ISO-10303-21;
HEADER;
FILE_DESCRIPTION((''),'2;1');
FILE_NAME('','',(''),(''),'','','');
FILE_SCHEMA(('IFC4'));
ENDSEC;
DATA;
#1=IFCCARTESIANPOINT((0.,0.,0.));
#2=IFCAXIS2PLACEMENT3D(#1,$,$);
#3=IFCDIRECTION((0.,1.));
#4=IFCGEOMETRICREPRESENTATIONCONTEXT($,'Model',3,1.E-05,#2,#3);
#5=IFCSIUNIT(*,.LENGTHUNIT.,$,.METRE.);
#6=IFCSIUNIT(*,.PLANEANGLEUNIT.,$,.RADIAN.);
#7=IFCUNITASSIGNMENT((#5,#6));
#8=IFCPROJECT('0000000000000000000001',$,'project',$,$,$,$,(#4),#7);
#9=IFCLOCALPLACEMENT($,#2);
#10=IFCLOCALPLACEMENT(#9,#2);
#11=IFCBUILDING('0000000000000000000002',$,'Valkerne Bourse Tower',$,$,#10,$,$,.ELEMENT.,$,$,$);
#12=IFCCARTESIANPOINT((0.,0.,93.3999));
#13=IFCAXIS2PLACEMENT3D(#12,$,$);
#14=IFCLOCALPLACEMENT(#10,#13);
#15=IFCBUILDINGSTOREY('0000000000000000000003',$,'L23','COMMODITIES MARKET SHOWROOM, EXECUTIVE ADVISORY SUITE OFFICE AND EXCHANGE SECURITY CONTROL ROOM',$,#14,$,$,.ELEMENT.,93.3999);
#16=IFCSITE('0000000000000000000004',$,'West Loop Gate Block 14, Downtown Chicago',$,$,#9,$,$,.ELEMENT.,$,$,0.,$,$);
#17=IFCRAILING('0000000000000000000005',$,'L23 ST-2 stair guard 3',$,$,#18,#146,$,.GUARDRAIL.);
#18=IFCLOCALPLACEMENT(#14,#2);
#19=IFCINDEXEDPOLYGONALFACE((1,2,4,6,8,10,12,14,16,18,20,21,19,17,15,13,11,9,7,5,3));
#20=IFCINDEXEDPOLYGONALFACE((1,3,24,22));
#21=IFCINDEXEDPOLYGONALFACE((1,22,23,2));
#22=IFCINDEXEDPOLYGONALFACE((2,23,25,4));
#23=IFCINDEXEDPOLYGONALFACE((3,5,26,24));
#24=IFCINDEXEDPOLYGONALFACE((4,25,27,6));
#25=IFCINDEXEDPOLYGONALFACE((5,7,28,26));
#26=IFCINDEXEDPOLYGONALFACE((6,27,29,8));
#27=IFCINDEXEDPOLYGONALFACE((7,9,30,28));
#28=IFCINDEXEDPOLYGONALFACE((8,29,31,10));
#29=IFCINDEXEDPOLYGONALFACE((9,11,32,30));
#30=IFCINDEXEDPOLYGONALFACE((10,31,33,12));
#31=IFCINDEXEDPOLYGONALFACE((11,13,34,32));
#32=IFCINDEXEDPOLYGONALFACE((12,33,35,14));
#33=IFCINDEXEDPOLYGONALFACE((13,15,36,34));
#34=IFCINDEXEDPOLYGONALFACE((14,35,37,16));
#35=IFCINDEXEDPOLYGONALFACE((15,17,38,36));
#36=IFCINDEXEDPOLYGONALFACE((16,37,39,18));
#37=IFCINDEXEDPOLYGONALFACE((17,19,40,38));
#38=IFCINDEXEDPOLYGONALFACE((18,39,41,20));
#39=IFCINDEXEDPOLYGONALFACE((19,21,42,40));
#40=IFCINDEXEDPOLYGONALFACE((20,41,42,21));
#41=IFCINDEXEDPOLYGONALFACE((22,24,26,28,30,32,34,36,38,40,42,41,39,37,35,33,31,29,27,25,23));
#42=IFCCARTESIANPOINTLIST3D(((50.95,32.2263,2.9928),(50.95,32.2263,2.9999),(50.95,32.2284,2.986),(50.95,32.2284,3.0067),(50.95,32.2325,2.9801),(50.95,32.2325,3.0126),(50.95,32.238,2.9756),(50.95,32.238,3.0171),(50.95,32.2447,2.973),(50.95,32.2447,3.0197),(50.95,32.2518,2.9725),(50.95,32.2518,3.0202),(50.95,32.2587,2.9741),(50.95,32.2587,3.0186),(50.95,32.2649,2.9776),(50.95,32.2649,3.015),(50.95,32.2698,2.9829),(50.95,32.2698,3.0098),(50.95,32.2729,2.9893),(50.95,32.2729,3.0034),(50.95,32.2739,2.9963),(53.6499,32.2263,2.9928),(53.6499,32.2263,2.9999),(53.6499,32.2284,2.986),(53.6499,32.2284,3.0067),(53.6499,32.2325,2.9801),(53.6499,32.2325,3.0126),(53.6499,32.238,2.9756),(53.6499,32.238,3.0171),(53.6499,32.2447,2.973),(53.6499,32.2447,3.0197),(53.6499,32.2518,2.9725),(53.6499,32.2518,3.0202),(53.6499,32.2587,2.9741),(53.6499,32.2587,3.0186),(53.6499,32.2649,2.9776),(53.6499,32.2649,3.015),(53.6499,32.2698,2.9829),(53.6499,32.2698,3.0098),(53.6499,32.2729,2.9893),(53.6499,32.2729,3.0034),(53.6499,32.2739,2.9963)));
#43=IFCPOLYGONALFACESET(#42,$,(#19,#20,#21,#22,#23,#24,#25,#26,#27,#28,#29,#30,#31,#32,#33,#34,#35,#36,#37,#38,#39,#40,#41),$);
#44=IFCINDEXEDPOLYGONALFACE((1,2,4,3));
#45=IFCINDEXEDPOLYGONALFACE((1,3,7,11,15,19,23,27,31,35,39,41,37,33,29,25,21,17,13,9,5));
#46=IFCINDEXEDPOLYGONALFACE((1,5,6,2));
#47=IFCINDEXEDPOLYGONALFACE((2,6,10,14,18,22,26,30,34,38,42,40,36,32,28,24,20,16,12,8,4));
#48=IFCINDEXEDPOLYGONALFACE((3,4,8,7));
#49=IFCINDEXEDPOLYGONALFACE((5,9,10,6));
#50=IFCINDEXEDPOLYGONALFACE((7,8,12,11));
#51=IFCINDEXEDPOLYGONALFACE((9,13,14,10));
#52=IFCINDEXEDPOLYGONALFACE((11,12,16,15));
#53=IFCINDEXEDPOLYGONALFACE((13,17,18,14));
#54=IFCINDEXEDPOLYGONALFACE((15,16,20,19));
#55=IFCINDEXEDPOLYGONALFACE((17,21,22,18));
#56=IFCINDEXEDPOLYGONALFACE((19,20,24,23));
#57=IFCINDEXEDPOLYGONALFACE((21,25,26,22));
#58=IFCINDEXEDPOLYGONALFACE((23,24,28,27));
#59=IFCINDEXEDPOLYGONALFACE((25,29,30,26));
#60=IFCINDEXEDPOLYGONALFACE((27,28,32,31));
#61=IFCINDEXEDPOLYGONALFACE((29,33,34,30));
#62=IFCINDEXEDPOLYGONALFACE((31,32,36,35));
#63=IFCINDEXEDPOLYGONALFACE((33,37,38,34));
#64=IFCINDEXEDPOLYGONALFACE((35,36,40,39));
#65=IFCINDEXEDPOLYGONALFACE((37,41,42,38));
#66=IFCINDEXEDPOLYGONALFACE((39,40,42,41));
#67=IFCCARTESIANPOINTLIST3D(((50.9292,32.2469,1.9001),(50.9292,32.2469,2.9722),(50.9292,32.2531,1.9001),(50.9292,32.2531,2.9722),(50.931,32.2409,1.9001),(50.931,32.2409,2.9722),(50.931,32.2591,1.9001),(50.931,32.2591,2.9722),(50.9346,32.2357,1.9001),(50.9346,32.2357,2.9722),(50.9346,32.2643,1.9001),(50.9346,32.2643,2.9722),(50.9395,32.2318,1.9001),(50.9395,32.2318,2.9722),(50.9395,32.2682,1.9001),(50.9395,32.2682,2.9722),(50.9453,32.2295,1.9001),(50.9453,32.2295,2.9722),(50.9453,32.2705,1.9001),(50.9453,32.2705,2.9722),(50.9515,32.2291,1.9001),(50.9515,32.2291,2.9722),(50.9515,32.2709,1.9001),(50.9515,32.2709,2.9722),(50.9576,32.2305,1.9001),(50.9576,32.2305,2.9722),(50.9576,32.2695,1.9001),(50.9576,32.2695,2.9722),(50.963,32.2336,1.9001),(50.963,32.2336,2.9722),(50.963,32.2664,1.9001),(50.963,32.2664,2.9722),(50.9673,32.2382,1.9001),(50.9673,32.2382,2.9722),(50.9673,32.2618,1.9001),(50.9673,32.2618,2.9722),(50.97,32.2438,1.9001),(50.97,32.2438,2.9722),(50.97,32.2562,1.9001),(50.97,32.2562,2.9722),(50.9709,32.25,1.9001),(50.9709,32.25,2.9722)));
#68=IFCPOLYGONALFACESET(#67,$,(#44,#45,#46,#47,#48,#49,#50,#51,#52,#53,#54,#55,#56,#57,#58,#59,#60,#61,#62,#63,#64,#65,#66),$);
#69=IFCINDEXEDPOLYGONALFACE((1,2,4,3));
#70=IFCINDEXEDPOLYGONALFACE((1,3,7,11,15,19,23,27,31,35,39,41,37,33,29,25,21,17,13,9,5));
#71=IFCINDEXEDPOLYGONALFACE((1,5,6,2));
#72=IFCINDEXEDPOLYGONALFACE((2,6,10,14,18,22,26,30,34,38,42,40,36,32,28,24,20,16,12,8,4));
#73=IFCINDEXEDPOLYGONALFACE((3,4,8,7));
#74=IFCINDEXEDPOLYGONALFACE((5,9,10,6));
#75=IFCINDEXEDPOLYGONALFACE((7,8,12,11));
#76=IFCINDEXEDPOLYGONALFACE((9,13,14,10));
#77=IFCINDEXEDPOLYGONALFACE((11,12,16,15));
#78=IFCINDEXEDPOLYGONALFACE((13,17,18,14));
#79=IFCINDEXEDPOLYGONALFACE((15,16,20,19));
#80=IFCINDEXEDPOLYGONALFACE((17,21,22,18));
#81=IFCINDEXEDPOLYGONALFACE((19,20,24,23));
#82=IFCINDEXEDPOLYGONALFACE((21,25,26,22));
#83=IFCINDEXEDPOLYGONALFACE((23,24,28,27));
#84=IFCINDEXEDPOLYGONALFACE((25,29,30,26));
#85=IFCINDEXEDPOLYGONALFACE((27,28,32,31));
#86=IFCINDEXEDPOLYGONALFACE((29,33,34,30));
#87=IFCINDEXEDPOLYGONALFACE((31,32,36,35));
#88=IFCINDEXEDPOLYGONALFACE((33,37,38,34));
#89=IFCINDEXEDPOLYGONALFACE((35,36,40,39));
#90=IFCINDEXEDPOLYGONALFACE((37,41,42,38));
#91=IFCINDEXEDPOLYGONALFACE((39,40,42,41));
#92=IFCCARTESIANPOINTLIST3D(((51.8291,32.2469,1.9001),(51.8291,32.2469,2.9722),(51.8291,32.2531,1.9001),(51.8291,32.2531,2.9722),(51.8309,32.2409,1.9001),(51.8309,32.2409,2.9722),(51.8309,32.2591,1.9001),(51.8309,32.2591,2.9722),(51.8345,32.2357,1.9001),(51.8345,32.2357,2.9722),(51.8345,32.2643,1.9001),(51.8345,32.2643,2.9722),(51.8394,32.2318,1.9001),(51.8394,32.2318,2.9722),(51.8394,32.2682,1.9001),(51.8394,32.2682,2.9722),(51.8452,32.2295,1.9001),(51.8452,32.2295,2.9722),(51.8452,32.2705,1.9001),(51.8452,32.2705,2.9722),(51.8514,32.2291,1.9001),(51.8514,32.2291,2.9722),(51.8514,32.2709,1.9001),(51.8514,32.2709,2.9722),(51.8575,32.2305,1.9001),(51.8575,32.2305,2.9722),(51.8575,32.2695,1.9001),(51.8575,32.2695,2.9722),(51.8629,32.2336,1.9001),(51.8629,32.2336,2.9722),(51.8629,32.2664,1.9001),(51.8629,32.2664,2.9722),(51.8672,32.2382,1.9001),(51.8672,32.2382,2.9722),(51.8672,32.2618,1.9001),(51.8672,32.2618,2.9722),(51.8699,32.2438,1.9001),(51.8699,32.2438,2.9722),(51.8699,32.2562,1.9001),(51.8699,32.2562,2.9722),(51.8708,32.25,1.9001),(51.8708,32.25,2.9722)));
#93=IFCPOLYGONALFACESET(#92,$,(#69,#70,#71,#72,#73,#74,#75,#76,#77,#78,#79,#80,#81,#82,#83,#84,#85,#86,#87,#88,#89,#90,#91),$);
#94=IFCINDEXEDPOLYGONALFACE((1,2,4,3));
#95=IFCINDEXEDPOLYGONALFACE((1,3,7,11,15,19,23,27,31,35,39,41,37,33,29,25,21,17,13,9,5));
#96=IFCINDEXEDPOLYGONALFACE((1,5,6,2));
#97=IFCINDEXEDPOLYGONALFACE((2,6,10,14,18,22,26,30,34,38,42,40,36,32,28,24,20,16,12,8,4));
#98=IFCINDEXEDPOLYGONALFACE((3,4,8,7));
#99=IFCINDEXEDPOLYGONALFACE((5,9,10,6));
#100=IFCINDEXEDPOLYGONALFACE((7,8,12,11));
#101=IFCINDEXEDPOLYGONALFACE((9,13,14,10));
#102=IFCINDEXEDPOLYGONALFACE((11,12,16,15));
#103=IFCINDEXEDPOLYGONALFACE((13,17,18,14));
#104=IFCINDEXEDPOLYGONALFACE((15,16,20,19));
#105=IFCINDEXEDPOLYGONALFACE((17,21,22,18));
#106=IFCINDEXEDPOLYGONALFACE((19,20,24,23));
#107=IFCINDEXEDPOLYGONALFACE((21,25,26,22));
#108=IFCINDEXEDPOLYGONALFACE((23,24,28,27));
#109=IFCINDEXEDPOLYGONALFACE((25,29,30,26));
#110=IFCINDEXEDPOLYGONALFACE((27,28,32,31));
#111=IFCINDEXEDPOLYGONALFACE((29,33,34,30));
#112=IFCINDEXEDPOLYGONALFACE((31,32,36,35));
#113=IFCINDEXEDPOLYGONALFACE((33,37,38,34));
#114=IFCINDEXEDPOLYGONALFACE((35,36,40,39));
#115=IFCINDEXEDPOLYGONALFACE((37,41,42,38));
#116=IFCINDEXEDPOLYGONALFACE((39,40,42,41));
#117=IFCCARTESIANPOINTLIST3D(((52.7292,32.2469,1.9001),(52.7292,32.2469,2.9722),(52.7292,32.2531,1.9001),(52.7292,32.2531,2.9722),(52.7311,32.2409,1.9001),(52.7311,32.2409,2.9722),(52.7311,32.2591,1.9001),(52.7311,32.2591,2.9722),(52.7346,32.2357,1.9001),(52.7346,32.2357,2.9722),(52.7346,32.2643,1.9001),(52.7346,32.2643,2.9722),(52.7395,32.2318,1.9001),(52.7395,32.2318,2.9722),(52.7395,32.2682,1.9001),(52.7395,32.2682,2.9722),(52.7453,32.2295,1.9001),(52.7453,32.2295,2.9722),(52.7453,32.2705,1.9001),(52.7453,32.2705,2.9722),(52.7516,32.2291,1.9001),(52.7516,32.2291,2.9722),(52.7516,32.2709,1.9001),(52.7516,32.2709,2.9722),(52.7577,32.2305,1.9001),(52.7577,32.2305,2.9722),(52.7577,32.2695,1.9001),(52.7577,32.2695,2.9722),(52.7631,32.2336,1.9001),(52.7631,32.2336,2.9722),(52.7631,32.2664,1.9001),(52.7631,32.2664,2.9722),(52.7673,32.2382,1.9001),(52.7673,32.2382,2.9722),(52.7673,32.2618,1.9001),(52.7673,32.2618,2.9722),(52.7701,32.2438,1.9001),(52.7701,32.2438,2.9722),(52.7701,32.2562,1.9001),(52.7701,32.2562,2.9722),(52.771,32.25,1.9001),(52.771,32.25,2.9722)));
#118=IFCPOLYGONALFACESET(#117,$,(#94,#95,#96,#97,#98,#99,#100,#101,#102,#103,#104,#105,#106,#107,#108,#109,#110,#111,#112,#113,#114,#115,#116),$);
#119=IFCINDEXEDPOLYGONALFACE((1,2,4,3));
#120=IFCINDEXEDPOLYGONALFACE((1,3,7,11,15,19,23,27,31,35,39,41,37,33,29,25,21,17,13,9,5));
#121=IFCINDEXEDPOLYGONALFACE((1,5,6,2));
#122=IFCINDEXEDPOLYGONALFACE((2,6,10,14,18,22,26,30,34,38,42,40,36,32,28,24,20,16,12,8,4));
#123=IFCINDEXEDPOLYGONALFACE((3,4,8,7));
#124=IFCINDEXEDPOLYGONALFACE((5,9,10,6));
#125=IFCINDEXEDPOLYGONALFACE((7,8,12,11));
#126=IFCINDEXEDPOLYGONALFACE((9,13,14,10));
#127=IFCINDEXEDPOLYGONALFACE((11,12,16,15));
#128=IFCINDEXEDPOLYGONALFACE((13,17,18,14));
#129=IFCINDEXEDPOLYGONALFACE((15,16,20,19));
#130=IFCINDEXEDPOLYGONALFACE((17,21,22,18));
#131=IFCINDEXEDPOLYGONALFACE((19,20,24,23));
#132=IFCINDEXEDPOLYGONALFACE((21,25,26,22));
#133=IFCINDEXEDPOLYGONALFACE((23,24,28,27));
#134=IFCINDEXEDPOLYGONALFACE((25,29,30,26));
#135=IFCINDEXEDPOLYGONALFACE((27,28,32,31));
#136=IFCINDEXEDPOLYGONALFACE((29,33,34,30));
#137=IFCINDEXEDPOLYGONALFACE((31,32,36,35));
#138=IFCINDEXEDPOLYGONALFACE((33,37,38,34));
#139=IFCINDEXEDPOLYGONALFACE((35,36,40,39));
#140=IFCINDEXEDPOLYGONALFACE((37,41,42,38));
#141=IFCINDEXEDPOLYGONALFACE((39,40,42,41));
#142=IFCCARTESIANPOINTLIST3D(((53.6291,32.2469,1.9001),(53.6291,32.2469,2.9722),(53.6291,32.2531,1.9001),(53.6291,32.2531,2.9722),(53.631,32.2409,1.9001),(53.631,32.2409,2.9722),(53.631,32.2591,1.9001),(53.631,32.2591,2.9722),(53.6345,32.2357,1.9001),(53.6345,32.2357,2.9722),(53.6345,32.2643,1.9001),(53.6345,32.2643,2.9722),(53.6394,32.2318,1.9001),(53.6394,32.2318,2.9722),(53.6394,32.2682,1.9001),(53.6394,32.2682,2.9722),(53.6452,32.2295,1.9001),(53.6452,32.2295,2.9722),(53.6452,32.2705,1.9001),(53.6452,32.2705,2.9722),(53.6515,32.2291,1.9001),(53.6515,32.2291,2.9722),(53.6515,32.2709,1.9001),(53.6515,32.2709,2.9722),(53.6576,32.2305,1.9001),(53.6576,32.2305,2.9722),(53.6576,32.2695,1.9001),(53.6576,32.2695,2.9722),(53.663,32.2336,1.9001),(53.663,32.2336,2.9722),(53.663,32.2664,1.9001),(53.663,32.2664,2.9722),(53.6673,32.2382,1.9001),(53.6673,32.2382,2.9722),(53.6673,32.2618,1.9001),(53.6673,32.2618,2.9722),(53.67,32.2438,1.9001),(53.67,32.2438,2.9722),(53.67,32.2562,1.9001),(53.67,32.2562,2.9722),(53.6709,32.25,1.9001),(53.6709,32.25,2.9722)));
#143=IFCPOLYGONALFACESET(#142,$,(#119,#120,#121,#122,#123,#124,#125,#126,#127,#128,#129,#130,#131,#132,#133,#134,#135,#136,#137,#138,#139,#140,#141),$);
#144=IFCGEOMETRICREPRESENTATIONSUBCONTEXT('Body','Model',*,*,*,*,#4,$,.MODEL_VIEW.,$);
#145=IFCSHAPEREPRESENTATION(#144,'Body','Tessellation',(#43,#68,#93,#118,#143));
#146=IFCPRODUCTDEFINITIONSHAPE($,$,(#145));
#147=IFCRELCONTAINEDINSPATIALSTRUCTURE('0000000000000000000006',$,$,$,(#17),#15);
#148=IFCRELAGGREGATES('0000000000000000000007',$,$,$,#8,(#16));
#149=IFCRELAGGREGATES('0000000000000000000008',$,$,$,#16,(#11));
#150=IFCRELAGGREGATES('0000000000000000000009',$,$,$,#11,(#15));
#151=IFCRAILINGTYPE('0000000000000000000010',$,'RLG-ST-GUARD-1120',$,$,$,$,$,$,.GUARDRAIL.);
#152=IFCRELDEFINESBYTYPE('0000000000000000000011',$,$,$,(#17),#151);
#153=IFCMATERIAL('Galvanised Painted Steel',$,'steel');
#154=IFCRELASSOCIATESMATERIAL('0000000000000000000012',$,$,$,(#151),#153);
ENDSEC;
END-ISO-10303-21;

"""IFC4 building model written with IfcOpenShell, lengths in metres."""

from ifc_helpers import new_model, si_unit, direction, frame, origin, origin_2d, place, context, subcontext, project, spatial, circle, extrude, material, type_object, element, save


model = new_model("IFC4")

# Units and contexts
model_context = context("Model", 3, precision=1e-05, world=origin(), true_north=direction((0.0, 1.0)))
body_context = subcontext(model_context, "Body", "Model", "MODEL_VIEW")
ifc_project = project(units=[si_unit("LENGTHUNIT", "METRE"), si_unit("PLANEANGLEUNIT", "RADIAN")], contexts=[model_context])

# Site, building, storey
site_placement = place(None, origin())
site = spatial("IfcSite", under=ifc_project, at=site_placement, Name="West Loop Gate Block 14, Downtown Chicago", CompositionType="ELEMENT", RefElevation=0.0)
building_placement = place(site_placement, origin())
building = spatial("IfcBuilding", under=site, at=building_placement, Name="Valkerne Bourse Tower", CompositionType="ELEMENT")
storey_placement = place(building_placement, frame((0.0, 0.0, 93.3999)))
storey = spatial("IfcBuildingStorey", under=building, at=storey_placement, Name="L23", Description="COMMODITIES MARKET SHOWROOM, EXECUTIVE ADVISORY SUITE OFFICE AND EXCHANGE SECURITY CONTROL ROOM", CompositionType="ELEMENT", Elevation=93.3999)

# Shared definitions
ifc_material_1 = material(Name="Galvanised Painted Steel", Category="steel")

# Railing
railing_type_1 = type_object("IfcRailingType", Name="RLG-ST-GUARD-1120", PredefinedType="GUARDRAIL", material=ifc_material_1)
for number, where, name in (
    (1, (50.95, 32.25, 1.9001), "L23 ST-2 stair guard 3"),
):
    element("IfcRailing", number, at=place(storey_placement, frame(where)), inside=storey, type_object=railing_type_1, Name=name, PredefinedType="GUARDRAIL", context=body_context, shape_type="SweptSolid", body=[
        extrude(circle(Radius=0.0239, at=origin_2d()), frame((0.0, 0.0, 1.0962), z_axis=(1.0, 0.0, 0.0), x_axis=(0.0, 1.0, 0.0)), (0.0, 0.0, 1.0), 2.7),
        extrude(circle(Radius=0.021, at=origin_2d()), origin(), (0.0, 0.0, 1.0), 1.072),
        extrude(circle(Radius=0.021, at=origin_2d()), frame((0.8999, 0.0, 0.0)), (0.0, 0.0, 1.0), 1.072),
        extrude(circle(Radius=0.021, at=origin_2d()), frame((1.8, 0.0, 0.0)), (0.0, 0.0, 1.0), 1.072),
        extrude(circle(Radius=0.021, at=origin_2d()), frame((2.7, 0.0, 0.0)), (0.0, 0.0, 1.0), 1.072),
    ])

save(model, "model.ifc")
